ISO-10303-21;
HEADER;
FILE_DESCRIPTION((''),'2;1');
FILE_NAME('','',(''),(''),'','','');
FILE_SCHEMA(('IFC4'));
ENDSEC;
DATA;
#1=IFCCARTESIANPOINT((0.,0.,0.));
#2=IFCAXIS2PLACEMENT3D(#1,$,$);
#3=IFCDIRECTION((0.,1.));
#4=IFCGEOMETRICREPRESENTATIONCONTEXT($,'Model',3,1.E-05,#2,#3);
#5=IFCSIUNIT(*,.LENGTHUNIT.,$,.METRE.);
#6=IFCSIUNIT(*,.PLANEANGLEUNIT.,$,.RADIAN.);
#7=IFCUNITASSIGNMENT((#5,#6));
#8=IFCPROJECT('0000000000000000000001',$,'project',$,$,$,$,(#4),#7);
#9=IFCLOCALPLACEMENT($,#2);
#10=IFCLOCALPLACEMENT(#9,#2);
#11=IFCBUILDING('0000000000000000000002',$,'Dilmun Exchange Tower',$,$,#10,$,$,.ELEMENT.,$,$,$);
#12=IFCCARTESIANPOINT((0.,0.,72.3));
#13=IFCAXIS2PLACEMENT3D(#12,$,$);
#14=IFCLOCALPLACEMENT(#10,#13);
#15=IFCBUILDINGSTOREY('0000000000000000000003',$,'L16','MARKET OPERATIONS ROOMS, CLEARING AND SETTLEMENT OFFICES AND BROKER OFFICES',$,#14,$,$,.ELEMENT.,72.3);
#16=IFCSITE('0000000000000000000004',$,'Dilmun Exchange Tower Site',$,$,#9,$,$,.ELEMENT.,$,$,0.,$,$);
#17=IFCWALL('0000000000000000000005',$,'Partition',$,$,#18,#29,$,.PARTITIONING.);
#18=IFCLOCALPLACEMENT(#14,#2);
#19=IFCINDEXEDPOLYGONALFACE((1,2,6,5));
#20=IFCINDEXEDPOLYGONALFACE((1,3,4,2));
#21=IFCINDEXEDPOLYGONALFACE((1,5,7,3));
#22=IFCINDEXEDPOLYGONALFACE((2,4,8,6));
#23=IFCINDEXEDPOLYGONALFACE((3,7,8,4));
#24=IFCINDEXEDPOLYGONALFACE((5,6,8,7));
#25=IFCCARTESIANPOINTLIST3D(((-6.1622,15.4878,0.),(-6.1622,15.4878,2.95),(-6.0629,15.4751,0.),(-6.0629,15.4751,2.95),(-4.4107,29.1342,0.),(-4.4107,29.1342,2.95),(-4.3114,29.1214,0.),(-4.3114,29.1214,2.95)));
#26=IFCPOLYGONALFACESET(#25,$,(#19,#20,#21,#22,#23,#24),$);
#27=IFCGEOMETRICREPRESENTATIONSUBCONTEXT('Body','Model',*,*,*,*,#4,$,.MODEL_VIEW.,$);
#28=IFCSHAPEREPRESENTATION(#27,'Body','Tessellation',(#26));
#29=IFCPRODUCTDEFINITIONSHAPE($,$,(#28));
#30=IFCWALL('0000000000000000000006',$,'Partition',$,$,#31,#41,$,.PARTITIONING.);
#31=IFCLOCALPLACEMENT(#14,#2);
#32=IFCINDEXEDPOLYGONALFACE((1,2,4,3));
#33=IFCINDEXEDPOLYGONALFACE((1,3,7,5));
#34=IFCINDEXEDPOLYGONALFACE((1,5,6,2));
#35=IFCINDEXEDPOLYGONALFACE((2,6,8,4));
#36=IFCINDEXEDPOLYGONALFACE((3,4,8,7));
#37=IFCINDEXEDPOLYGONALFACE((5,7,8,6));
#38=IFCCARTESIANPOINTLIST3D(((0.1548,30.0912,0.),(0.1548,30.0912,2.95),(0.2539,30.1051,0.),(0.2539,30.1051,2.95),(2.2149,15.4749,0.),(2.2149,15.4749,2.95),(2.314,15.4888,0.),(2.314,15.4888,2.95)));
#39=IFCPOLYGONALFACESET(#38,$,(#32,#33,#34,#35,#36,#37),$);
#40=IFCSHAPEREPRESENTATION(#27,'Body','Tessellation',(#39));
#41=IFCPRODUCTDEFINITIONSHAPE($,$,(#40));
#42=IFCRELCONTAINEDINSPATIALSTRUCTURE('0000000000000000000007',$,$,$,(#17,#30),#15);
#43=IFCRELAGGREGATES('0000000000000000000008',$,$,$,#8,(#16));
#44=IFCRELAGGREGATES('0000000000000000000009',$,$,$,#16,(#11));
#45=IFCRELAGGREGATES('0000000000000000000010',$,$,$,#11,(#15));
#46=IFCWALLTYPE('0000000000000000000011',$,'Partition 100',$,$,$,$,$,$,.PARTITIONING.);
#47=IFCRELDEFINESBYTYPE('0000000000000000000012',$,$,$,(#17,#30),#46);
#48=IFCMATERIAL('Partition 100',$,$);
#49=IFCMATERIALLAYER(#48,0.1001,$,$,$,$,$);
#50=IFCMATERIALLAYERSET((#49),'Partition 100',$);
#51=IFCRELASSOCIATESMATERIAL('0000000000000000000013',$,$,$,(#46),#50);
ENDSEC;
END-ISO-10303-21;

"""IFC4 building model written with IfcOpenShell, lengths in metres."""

from ifc_helpers import new_model, si_unit, direction, frame, frame_2d, origin, place, context, subcontext, project, spatial, rectangle, extrude, material, layer, layer_set, type_object, element, save


model = new_model("IFC4")

# Units and contexts
model_context = context("Model", 3, precision=1e-05, world=origin(), true_north=direction((0.0, 1.0)))
body_context = subcontext(model_context, "Body", "Model", "MODEL_VIEW")
ifc_project = project(units=[si_unit("LENGTHUNIT", "METRE"), si_unit("PLANEANGLEUNIT", "RADIAN")], contexts=[model_context])

# Site, building, storey
site_placement = place(None, origin())
site = spatial("IfcSite", under=ifc_project, at=site_placement, Name="Dilmun Exchange Tower Site", CompositionType="ELEMENT", RefElevation=0.0)
building_placement = place(site_placement, origin())
building = spatial("IfcBuilding", under=site, at=building_placement, Name="Dilmun Exchange Tower", CompositionType="ELEMENT")
storey_placement = place(building_placement, frame((0.0, 0.0, 72.3)))
storey = spatial("IfcBuildingStorey", under=building, at=storey_placement, Name="L16", Description="MARKET OPERATIONS ROOMS, CLEARING AND SETTLEMENT OFFICES AND BROKER OFFICES", CompositionType="ELEMENT", Elevation=72.3)

# Walls
ifc_material_1 = material(Name="Partition 100")
ifc_layer_1 = layer(ifc_material_1, 0.1001)
ifc_layer_set_1 = layer_set([ifc_layer_1], Name="Partition 100")
wall_type_1 = type_object("IfcWallType", Name="Partition 100", PredefinedType="PARTITIONING", material=ifc_layer_set_1)
wall_1_placement = place(storey_placement, frame((-6.1125, 15.4814, 0.0), z_axis=(0.0, 0.0, 1.0), x_axis=(0.127304, 0.991864, 0.0)))
element("IfcWall", 1, at=wall_1_placement, inside=storey, type_object=wall_type_1, Name="Partition", PredefinedType="PARTITIONING", context=body_context, shape_type="SweptSolid", body=[
    extrude(rectangle(XDim=13.7583, YDim=0.1001, at=frame_2d((6.8792, 0.0))), origin(), (0.0, 0.0, 1.0), 2.95),
])
wall_2_placement = place(storey_placement, frame((0.2043, 30.0981, 0.0), z_axis=(0.0, 0.0, 1.0), x_axis=(0.139564, -0.990213, 0.0)))
element("IfcWall", 2, at=wall_2_placement, inside=storey, type_object=wall_type_1, Name="Partition", PredefinedType="PARTITIONING", context=body_context, shape_type="SweptSolid", body=[
    extrude(rectangle(XDim=14.7607, YDim=0.1001, at=frame_2d((7.3804, 0.0))), origin(), (0.0, 0.0, 1.0), 2.95),
])

save(model, "model.ifc")
